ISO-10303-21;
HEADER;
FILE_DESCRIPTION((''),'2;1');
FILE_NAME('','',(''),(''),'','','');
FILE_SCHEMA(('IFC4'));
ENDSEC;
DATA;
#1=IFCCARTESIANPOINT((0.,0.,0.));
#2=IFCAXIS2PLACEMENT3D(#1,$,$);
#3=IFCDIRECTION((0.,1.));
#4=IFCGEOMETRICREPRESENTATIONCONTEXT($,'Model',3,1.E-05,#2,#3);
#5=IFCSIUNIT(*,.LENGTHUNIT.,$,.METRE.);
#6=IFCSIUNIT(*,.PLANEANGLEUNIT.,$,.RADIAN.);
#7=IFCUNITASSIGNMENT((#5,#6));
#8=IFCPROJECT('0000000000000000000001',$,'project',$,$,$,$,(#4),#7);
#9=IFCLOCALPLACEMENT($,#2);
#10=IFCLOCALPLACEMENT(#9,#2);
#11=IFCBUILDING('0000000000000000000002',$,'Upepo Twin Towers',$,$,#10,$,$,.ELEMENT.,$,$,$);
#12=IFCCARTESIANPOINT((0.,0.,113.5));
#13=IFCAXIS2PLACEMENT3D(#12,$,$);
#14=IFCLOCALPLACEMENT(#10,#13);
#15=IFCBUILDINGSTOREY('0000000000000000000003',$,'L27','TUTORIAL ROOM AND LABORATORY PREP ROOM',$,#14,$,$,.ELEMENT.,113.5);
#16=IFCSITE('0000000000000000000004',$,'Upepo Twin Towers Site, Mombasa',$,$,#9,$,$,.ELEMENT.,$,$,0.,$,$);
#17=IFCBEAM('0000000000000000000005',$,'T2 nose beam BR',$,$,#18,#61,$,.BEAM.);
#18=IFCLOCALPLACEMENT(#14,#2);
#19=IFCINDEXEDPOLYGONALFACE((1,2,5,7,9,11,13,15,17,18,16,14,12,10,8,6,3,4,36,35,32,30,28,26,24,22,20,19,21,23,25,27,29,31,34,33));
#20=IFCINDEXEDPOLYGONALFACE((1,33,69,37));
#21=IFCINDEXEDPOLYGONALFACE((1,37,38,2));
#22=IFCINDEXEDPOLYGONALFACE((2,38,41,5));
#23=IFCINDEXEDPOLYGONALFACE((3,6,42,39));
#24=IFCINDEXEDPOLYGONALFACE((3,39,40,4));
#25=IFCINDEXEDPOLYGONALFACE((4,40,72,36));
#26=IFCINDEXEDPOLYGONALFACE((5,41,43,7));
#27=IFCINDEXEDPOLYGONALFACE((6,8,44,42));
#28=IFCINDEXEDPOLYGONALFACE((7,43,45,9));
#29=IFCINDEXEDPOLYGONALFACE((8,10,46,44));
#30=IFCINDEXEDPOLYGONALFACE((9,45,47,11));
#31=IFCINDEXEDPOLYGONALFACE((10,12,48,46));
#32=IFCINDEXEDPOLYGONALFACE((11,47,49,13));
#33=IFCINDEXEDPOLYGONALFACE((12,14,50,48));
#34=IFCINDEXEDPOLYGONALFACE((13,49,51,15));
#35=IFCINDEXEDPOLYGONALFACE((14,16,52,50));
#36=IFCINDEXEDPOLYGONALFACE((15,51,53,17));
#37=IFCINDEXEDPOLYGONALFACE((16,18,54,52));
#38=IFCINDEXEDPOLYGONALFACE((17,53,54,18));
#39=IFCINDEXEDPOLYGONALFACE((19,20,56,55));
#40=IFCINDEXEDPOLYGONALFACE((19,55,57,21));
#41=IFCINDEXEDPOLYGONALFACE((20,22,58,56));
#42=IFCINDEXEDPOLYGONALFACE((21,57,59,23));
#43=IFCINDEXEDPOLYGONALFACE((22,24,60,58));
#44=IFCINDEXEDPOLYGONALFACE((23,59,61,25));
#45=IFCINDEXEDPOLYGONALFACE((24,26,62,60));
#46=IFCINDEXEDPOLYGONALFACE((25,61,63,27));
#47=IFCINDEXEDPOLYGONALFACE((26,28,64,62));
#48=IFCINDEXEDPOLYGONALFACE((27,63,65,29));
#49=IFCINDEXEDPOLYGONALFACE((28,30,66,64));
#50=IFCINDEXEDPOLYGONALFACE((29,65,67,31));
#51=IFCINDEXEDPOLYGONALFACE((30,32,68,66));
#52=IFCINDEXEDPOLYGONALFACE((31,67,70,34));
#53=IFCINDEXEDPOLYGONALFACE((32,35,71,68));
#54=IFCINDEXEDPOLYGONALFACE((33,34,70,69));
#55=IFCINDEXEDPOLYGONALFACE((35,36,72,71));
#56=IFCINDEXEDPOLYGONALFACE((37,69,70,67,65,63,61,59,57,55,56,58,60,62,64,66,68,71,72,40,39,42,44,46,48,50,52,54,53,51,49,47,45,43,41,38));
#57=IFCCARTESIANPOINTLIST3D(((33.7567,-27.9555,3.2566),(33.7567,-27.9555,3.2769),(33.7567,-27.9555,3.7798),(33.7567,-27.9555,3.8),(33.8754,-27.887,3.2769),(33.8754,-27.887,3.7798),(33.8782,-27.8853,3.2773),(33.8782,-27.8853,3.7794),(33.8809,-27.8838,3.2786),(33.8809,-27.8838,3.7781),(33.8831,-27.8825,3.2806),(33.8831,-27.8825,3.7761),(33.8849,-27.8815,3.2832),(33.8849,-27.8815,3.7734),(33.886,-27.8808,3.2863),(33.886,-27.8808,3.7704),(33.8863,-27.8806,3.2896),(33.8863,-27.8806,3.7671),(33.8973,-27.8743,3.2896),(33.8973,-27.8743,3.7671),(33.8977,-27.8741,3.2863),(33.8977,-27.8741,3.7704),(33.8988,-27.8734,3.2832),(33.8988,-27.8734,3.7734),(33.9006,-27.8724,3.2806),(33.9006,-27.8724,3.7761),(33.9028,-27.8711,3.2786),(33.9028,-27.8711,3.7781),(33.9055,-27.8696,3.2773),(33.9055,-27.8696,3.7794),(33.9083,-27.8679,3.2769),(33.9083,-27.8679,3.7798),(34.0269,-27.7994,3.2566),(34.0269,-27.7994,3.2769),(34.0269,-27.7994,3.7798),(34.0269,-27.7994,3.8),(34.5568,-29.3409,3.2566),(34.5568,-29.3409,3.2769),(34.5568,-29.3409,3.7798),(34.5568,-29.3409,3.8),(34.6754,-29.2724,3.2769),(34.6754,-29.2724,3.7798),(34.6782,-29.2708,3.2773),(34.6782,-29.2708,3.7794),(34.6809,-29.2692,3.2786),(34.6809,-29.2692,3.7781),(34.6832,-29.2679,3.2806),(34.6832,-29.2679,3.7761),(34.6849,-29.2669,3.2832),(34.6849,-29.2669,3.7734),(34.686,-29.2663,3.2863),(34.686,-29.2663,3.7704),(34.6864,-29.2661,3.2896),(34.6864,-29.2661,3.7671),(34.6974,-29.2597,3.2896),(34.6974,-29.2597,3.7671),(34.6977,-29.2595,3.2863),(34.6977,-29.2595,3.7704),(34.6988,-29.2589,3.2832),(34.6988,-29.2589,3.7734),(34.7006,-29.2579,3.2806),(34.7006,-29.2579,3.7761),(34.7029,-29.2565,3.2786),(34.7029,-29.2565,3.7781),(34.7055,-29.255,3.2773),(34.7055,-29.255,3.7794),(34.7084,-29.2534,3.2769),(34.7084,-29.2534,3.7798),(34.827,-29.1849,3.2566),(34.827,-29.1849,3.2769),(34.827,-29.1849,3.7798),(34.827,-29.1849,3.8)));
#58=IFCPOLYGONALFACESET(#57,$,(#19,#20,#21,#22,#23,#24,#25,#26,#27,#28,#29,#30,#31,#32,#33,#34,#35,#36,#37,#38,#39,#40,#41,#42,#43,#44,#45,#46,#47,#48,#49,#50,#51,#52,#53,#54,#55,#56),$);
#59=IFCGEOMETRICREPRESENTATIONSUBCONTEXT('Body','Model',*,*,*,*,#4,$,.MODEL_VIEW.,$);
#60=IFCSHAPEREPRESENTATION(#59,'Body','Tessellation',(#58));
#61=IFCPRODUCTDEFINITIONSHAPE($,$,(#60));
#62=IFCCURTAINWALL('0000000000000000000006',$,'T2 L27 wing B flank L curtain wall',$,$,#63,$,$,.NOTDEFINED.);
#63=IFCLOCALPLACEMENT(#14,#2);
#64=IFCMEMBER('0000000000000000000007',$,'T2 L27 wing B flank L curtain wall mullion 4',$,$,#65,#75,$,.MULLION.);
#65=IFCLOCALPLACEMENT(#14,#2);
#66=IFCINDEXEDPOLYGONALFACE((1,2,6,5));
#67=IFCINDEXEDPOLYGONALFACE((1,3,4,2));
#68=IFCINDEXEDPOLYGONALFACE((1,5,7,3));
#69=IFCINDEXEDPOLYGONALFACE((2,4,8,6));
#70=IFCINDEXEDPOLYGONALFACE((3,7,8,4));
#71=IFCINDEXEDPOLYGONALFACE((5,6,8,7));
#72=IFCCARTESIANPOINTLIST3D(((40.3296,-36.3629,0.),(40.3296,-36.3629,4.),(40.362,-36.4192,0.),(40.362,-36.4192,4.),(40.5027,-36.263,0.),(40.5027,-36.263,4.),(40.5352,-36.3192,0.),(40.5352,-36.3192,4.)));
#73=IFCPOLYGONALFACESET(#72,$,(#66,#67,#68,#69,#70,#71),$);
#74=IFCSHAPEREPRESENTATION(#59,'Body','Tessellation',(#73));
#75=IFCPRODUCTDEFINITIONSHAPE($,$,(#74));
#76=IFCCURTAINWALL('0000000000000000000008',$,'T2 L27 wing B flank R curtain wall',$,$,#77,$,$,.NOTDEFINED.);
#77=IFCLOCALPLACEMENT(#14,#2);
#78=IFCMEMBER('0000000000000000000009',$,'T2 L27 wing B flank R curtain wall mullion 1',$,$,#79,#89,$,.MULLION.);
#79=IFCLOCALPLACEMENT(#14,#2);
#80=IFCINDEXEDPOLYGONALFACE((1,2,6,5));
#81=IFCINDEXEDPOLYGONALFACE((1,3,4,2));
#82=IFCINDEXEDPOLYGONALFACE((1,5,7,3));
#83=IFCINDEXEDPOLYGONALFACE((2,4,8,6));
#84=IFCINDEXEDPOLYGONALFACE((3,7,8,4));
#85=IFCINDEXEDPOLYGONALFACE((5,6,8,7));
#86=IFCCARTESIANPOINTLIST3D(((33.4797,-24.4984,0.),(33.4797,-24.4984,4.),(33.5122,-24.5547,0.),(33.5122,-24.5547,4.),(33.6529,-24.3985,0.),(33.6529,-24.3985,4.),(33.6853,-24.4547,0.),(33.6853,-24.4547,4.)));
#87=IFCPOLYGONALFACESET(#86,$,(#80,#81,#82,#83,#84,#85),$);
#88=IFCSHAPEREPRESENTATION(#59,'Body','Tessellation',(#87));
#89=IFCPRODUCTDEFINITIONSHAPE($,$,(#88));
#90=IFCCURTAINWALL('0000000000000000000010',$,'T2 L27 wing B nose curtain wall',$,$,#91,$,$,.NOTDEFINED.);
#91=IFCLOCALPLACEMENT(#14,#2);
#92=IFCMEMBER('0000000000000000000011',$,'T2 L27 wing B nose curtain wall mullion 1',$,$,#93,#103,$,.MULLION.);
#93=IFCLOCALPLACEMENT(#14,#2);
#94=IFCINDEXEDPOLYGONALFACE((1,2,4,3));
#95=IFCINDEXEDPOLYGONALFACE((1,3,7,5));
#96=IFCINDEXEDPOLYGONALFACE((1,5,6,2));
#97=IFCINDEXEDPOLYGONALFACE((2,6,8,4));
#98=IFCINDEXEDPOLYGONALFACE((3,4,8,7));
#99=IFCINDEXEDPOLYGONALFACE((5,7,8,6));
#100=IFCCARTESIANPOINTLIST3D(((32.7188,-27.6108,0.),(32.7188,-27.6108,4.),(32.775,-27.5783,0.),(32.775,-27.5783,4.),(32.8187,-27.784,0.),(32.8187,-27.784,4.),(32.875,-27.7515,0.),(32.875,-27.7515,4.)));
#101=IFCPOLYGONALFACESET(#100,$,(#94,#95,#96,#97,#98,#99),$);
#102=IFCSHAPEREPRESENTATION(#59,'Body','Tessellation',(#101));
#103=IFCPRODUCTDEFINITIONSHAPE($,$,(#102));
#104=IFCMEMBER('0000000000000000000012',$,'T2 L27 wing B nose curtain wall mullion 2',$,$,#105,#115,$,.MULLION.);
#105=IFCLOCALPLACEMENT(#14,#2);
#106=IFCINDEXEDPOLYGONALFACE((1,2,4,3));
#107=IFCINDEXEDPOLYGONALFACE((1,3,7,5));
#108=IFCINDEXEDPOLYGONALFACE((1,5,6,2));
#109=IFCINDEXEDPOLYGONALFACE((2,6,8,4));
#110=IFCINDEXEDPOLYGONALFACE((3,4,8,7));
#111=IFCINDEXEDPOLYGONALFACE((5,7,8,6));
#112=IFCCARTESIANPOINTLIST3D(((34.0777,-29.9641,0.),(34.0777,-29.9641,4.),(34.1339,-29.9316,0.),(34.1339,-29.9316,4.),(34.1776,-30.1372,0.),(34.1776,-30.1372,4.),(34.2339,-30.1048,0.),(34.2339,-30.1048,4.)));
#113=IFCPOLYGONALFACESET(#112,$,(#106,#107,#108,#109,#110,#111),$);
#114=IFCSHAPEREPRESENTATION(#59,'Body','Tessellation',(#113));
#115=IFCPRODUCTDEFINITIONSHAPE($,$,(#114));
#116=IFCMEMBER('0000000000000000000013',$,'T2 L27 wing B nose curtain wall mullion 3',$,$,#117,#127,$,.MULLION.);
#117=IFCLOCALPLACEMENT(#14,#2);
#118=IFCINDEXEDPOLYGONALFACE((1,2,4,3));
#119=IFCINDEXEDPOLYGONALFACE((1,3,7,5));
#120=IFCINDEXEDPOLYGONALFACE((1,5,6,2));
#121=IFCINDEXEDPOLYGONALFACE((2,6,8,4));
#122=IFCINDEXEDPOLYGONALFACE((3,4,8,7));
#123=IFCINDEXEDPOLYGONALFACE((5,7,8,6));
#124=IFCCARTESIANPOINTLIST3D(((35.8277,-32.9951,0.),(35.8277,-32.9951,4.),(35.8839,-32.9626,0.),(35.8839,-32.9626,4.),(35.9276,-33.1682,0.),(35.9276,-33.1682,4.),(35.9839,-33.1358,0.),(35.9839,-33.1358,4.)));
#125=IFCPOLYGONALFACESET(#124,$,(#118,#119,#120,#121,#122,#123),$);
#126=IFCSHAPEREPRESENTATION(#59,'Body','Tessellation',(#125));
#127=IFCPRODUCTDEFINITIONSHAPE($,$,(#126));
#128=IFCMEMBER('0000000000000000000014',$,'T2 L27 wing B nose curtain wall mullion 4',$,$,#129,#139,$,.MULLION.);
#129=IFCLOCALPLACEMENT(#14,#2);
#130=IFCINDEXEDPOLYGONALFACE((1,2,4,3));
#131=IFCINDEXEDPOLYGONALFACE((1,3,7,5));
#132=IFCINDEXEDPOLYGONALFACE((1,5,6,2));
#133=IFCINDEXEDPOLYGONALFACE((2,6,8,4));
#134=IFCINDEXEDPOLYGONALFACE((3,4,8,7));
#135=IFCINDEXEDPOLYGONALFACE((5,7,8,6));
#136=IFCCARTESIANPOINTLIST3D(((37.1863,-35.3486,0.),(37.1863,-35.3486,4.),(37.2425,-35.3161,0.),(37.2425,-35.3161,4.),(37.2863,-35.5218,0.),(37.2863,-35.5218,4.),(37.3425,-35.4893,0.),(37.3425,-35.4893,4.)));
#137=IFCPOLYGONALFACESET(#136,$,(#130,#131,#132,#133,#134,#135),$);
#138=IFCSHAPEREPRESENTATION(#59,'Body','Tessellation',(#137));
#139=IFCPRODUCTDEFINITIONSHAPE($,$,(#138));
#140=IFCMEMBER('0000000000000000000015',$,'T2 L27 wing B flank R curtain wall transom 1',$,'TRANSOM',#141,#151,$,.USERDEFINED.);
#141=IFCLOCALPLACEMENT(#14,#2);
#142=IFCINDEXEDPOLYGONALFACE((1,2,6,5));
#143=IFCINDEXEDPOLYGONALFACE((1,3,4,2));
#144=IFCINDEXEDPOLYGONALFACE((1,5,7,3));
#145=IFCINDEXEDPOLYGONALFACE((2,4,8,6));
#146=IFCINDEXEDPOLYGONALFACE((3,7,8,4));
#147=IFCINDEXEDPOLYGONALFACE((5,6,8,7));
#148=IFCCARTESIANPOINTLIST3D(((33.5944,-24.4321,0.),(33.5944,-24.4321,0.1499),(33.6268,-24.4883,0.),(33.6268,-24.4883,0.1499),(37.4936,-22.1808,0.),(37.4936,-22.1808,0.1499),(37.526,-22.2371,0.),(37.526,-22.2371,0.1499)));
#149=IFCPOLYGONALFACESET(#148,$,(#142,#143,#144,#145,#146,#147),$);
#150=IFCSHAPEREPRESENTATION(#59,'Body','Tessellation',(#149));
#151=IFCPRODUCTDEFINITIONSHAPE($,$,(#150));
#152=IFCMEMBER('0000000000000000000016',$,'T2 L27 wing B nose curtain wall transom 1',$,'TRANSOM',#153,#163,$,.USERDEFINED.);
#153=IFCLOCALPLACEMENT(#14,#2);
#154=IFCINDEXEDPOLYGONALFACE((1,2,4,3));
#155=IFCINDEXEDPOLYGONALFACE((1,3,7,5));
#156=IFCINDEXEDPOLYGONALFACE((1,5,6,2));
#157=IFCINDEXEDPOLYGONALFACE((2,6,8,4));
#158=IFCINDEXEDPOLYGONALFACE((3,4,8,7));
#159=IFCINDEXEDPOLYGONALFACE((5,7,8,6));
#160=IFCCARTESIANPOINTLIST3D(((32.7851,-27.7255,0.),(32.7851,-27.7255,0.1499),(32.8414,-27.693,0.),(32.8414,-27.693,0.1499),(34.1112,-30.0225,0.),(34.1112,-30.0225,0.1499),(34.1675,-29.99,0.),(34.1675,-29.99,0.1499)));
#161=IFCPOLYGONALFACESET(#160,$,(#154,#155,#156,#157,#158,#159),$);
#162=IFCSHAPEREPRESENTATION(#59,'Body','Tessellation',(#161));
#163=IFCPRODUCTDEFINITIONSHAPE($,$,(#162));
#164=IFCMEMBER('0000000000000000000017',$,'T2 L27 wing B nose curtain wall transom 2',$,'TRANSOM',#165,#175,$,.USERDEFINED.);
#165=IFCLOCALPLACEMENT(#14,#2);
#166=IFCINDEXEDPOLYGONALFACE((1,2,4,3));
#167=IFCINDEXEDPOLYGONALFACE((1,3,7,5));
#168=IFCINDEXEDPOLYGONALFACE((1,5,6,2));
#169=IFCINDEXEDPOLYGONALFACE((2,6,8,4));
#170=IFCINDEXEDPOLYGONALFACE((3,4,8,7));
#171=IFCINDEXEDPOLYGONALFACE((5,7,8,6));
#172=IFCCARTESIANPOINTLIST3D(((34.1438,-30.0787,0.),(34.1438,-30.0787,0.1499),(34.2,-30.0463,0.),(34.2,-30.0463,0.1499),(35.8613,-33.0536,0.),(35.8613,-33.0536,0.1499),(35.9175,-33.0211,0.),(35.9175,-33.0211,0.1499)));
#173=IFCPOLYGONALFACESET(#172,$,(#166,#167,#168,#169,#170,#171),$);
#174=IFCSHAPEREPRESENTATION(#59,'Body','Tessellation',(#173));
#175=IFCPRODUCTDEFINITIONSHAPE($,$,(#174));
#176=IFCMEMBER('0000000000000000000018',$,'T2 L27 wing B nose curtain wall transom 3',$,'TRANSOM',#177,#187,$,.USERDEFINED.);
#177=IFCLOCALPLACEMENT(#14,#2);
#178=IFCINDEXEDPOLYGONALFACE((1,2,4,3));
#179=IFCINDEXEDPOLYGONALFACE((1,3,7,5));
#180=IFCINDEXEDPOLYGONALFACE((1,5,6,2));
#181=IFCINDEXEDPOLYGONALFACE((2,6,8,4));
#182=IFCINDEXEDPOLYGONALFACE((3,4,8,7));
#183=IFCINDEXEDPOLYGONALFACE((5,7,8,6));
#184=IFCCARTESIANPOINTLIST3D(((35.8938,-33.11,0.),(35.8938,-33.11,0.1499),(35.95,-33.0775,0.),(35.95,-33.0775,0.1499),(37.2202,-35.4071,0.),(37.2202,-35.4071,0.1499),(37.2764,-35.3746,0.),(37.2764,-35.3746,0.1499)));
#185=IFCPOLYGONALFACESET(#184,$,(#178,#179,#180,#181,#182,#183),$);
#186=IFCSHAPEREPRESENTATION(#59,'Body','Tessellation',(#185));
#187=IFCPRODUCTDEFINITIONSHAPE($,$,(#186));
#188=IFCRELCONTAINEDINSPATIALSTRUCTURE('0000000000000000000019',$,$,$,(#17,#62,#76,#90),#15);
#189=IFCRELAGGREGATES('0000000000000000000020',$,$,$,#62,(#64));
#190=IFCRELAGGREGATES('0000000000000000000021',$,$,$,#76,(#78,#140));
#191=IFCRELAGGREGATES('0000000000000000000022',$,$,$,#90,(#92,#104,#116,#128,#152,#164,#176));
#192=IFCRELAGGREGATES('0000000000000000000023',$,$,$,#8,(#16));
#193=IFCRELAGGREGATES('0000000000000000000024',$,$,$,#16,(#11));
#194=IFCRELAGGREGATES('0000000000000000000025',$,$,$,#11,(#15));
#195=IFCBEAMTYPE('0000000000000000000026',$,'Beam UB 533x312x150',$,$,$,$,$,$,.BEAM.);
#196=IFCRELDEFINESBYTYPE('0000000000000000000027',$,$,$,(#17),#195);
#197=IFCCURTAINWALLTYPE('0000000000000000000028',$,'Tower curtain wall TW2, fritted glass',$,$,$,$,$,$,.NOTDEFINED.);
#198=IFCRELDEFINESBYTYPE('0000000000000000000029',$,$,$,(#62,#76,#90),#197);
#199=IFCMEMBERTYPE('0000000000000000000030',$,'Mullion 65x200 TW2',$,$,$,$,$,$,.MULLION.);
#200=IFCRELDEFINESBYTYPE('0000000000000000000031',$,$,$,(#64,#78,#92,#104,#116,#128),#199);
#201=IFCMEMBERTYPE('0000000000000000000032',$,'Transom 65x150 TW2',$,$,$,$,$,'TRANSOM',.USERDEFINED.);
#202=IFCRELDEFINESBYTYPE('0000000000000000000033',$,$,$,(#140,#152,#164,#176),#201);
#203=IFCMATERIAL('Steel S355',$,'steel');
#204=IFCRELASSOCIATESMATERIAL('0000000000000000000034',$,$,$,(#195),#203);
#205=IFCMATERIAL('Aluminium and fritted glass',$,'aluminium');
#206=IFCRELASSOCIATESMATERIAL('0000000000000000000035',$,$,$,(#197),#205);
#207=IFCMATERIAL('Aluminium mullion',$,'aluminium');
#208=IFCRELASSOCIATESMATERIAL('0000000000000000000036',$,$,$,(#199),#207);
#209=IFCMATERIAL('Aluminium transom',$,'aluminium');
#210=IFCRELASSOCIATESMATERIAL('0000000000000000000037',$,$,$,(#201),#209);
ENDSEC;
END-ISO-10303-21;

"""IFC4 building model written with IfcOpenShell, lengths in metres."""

from ifc_helpers import new_model, si_unit, direction, frame, origin, origin_2d, place, context, subcontext, project, spatial, rectangle, i_section, extrude, material, material_profile, profile_set, type_object, element, aggregate, save


model = new_model("IFC4")

# Units and contexts
model_context = context("Model", 3, precision=1e-05, world=origin(), true_north=direction((0.0, 1.0)))
body_context = subcontext(model_context, "Body", "Model", "MODEL_VIEW")
ifc_project = project(units=[si_unit("LENGTHUNIT", "METRE"), si_unit("PLANEANGLEUNIT", "RADIAN")], contexts=[model_context])

# Site, building, storey
site_placement = place(None, origin())
site = spatial("IfcSite", under=ifc_project, at=site_placement, Name="Upepo Twin Towers Site, Mombasa", CompositionType="ELEMENT", RefElevation=0.0)
building_placement = place(site_placement, origin())
building = spatial("IfcBuilding", under=site, at=building_placement, Name="Upepo Twin Towers", CompositionType="ELEMENT")
storey_placement = place(building_placement, frame((0.0, 0.0, 113.5)))
storey = spatial("IfcBuildingStorey", under=building, at=storey_placement, Name="L27", Description="TUTORIAL ROOM AND LABORATORY PREP ROOM", CompositionType="ELEMENT", Elevation=113.5)

# Beam
ifc_material_1 = material(Name="Steel S355", Category="steel")
ifc_material_profile_1 = material_profile(ifc_material_1, i_section(OverallWidth=0.312, OverallDepth=0.5435, WebThickness=0.0127, FlangeThickness=0.0203, FilletRadius=0.0127, at=origin_2d()), Name="UB 533x312x150")
ifc_profile_set_1 = profile_set([ifc_material_profile_1], Name="Steel S355")
beam_type_1 = type_object("IfcBeamType", Name="Beam UB 533x312x150", PredefinedType="BEAM", material=ifc_profile_set_1)
for number, where, z_axis, x_axis, name in (
    (1, (33.8918, -27.8774, 3.5283), (0.500061, -0.86599, 0.0), (0.86599, 0.500061, 0.0), "T2 nose beam BR"),
):
    element("IfcBeam", number, at=place(storey_placement, frame(where, z_axis=z_axis, x_axis=x_axis)), inside=storey, type_object=beam_type_1, Name=name, PredefinedType="BEAM", context=body_context, shape_type="SweptSolid", body=[
        extrude(i_section(OverallWidth=0.312, OverallDepth=0.5435, WebThickness=0.0127, FlangeThickness=0.0203, FilletRadius=0.0127, at=origin_2d()), origin(), (0.0, 0.0, 1.0), 1.5999),
    ])

# Curtain walls, members
ifc_material_2 = material(Name="Aluminium and fritted glass", Category="aluminium")
curtain_wall_type = type_object("IfcCurtainWallType", Name="Tower curtain wall TW2, fritted glass", PredefinedType="NOTDEFINED", material=ifc_material_2)
curtain_wall_1_placement = place(storey_placement, origin())
curtain_wall_1 = element("IfcCurtainWall", 2, at=curtain_wall_1_placement, inside=storey, type_object=curtain_wall_type, Name="T2 L27 wing B flank L curtain wall", PredefinedType="NOTDEFINED")
ifc_material_3 = material(Name="Aluminium mullion", Category="aluminium")
ifc_material_profile_2 = material_profile(ifc_material_3, rectangle(XDim=0.0649, YDim=0.2, at=origin_2d()), Name="MULLION 65x200")
ifc_profile_set_2 = profile_set([ifc_material_profile_2], Name="Aluminium mullion")
member_type_1 = type_object("IfcMemberType", Name="Mullion 65x200 TW2", PredefinedType="MULLION", material=ifc_profile_set_2)
member_1_placement = place(storey_placement, frame((40.4324, -36.3411, 0.0), z_axis=(0.0, 0.0, 1.0), x_axis=(0.5, -0.866025, 0.0)))
member_1 = element("IfcMember", 3, at=member_1_placement, type_object=member_type_1, Name="T2 L27 wing B flank L curtain wall mullion 4", PredefinedType="MULLION", context=body_context, shape_type="SweptSolid", body=[
    extrude(rectangle(XDim=0.0649, YDim=0.2, at=origin_2d()), origin(), (0.0, 0.0, 1.0), 4.0),
])
aggregate(curtain_wall_1, [member_1])
curtain_wall_2_placement = place(storey_placement, origin())
curtain_wall_2 = element("IfcCurtainWall", 4, at=curtain_wall_2_placement, inside=storey, type_object=curtain_wall_type, Name="T2 L27 wing B flank R curtain wall", PredefinedType="NOTDEFINED")
member_2_placement = place(storey_placement, frame((33.5825, -24.4766, 0.0), z_axis=(0.0, 0.0, 1.0), x_axis=(-0.5, 0.866025, 0.0)))
member_2 = element("IfcMember", 5, at=member_2_placement, type_object=member_type_1, Name="T2 L27 wing B flank R curtain wall mullion 1", PredefinedType="MULLION", context=body_context, shape_type="SweptSolid", body=[
    extrude(rectangle(XDim=0.0649, YDim=0.2, at=origin_2d()), origin(), (0.0, 0.0, 1.0), 4.0),
])

# Curtain wall, members
curtain_wall_3_placement = place(storey_placement, origin())
curtain_wall_3 = element("IfcCurtainWall", 6, at=curtain_wall_3_placement, inside=storey, type_object=curtain_wall_type, Name="T2 L27 wing B nose curtain wall", PredefinedType="NOTDEFINED")
member_3_placement = place(storey_placement, frame((32.7969, -27.6812, 0.0), z_axis=(0.0, 0.0, 1.0), x_axis=(0.866025, 0.5, 0.0)))
member_3 = element("IfcMember", 7, at=member_3_placement, type_object=member_type_1, Name="T2 L27 wing B nose curtain wall mullion 1", PredefinedType="MULLION", context=body_context, shape_type="SweptSolid", body=[
    extrude(rectangle(XDim=0.0649, YDim=0.2, at=origin_2d()), origin(), (0.0, 0.0, 1.0), 4.0),
])
member_4_placement = place(storey_placement, frame((34.1558, -30.0344, 0.0), z_axis=(0.0, 0.0, 1.0), x_axis=(0.866025, 0.5, 0.0)))
member_4 = element("IfcMember", 8, at=member_4_placement, type_object=member_type_1, Name="T2 L27 wing B nose curtain wall mullion 2", PredefinedType="MULLION", context=body_context, shape_type="SweptSolid", body=[
    extrude(rectangle(XDim=0.0649, YDim=0.2, at=origin_2d()), origin(), (0.0, 0.0, 1.0), 4.0),
])
member_5_placement = place(storey_placement, frame((35.9058, -33.0654, 0.0), z_axis=(0.0, 0.0, 1.0), x_axis=(0.866025, 0.5, 0.0)))
member_5 = element("IfcMember", 9, at=member_5_placement, type_object=member_type_1, Name="T2 L27 wing B nose curtain wall mullion 3", PredefinedType="MULLION", context=body_context, shape_type="SweptSolid", body=[
    extrude(rectangle(XDim=0.0649, YDim=0.2, at=origin_2d()), origin(), (0.0, 0.0, 1.0), 4.0),
])
member_6_placement = place(storey_placement, frame((37.2644, -35.4189, 0.0), z_axis=(0.0, 0.0, 1.0), x_axis=(0.866025, 0.5, 0.0)))
member_6 = element("IfcMember", 10, at=member_6_placement, type_object=member_type_1, Name="T2 L27 wing B nose curtain wall mullion 4", PredefinedType="MULLION", context=body_context, shape_type="SweptSolid", body=[
    extrude(rectangle(XDim=0.0649, YDim=0.2, at=origin_2d()), origin(), (0.0, 0.0, 1.0), 4.0),
])

# Members
ifc_material_4 = material(Name="Aluminium transom", Category="aluminium")
ifc_material_profile_3 = material_profile(ifc_material_4, rectangle(XDim=0.0649, YDim=0.1499, at=origin_2d()), Name="TRANSOM 65x150")
ifc_profile_set_3 = profile_set([ifc_material_profile_3], Name="Aluminium transom")
member_type_2 = type_object("IfcMemberType", Name="Transom 65x150 TW2", ElementType="TRANSOM", PredefinedType="USERDEFINED", material=ifc_profile_set_3)
member_7_placement = place(storey_placement, frame((33.6106, -24.4602, 0.075), z_axis=(0.866022, 0.500006, 0.0), x_axis=(-0.500006, 0.866022, 0.0)))
member_7 = element("IfcMember", 11, at=member_7_placement, type_object=member_type_2, Name="T2 L27 wing B flank R curtain wall transom 1", ObjectType="TRANSOM", PredefinedType="USERDEFINED", context=body_context, shape_type="SweptSolid", body=[
    extrude(rectangle(XDim=0.0649, YDim=0.1499, at=origin_2d()), origin(), (0.0, 0.0, 1.0), 4.5024),
])
member_8_placement = place(storey_placement, frame((32.8132, -27.7092, 0.075), z_axis=(0.49998, -0.866037, 0.0), x_axis=(0.866037, 0.49998, 0.0)))
member_8 = element("IfcMember", 12, at=member_8_placement, type_object=member_type_2, Name="T2 L27 wing B nose curtain wall transom 1", ObjectType="TRANSOM", PredefinedType="USERDEFINED", context=body_context, shape_type="SweptSolid", body=[
    extrude(rectangle(XDim=0.0649, YDim=0.1499, at=origin_2d()), origin(), (0.0, 0.0, 1.0), 2.6523),
])
member_9_placement = place(storey_placement, frame((34.1719, -30.0625, 0.075), z_axis=(0.499999, -0.866026, 0.0), x_axis=(0.866026, 0.499999, 0.0)))
member_9 = element("IfcMember", 13, at=member_9_placement, type_object=member_type_2, Name="T2 L27 wing B nose curtain wall transom 2", ObjectType="TRANSOM", PredefinedType="USERDEFINED", context=body_context, shape_type="SweptSolid", body=[
    extrude(rectangle(XDim=0.0649, YDim=0.1499, at=origin_2d()), origin(), (0.0, 0.0, 1.0), 3.4351),
])
member_10_placement = place(storey_placement, frame((35.9219, -33.0938, 0.075), z_axis=(0.500049, -0.865997, 0.0), x_axis=(0.865997, 0.500049, 0.0)))
member_10 = element("IfcMember", 14, at=member_10_placement, type_object=member_type_2, Name="T2 L27 wing B nose curtain wall transom 3", ObjectType="TRANSOM", PredefinedType="USERDEFINED", context=body_context, shape_type="SweptSolid", body=[
    extrude(rectangle(XDim=0.0649, YDim=0.1499, at=origin_2d()), origin(), (0.0, 0.0, 1.0), 2.6526),
])

aggregate(curtain_wall_2, [member_2, member_7])
aggregate(curtain_wall_3, [member_3, member_4, member_5, member_6, member_8, member_9, member_10])

save(model, "model.ifc")
